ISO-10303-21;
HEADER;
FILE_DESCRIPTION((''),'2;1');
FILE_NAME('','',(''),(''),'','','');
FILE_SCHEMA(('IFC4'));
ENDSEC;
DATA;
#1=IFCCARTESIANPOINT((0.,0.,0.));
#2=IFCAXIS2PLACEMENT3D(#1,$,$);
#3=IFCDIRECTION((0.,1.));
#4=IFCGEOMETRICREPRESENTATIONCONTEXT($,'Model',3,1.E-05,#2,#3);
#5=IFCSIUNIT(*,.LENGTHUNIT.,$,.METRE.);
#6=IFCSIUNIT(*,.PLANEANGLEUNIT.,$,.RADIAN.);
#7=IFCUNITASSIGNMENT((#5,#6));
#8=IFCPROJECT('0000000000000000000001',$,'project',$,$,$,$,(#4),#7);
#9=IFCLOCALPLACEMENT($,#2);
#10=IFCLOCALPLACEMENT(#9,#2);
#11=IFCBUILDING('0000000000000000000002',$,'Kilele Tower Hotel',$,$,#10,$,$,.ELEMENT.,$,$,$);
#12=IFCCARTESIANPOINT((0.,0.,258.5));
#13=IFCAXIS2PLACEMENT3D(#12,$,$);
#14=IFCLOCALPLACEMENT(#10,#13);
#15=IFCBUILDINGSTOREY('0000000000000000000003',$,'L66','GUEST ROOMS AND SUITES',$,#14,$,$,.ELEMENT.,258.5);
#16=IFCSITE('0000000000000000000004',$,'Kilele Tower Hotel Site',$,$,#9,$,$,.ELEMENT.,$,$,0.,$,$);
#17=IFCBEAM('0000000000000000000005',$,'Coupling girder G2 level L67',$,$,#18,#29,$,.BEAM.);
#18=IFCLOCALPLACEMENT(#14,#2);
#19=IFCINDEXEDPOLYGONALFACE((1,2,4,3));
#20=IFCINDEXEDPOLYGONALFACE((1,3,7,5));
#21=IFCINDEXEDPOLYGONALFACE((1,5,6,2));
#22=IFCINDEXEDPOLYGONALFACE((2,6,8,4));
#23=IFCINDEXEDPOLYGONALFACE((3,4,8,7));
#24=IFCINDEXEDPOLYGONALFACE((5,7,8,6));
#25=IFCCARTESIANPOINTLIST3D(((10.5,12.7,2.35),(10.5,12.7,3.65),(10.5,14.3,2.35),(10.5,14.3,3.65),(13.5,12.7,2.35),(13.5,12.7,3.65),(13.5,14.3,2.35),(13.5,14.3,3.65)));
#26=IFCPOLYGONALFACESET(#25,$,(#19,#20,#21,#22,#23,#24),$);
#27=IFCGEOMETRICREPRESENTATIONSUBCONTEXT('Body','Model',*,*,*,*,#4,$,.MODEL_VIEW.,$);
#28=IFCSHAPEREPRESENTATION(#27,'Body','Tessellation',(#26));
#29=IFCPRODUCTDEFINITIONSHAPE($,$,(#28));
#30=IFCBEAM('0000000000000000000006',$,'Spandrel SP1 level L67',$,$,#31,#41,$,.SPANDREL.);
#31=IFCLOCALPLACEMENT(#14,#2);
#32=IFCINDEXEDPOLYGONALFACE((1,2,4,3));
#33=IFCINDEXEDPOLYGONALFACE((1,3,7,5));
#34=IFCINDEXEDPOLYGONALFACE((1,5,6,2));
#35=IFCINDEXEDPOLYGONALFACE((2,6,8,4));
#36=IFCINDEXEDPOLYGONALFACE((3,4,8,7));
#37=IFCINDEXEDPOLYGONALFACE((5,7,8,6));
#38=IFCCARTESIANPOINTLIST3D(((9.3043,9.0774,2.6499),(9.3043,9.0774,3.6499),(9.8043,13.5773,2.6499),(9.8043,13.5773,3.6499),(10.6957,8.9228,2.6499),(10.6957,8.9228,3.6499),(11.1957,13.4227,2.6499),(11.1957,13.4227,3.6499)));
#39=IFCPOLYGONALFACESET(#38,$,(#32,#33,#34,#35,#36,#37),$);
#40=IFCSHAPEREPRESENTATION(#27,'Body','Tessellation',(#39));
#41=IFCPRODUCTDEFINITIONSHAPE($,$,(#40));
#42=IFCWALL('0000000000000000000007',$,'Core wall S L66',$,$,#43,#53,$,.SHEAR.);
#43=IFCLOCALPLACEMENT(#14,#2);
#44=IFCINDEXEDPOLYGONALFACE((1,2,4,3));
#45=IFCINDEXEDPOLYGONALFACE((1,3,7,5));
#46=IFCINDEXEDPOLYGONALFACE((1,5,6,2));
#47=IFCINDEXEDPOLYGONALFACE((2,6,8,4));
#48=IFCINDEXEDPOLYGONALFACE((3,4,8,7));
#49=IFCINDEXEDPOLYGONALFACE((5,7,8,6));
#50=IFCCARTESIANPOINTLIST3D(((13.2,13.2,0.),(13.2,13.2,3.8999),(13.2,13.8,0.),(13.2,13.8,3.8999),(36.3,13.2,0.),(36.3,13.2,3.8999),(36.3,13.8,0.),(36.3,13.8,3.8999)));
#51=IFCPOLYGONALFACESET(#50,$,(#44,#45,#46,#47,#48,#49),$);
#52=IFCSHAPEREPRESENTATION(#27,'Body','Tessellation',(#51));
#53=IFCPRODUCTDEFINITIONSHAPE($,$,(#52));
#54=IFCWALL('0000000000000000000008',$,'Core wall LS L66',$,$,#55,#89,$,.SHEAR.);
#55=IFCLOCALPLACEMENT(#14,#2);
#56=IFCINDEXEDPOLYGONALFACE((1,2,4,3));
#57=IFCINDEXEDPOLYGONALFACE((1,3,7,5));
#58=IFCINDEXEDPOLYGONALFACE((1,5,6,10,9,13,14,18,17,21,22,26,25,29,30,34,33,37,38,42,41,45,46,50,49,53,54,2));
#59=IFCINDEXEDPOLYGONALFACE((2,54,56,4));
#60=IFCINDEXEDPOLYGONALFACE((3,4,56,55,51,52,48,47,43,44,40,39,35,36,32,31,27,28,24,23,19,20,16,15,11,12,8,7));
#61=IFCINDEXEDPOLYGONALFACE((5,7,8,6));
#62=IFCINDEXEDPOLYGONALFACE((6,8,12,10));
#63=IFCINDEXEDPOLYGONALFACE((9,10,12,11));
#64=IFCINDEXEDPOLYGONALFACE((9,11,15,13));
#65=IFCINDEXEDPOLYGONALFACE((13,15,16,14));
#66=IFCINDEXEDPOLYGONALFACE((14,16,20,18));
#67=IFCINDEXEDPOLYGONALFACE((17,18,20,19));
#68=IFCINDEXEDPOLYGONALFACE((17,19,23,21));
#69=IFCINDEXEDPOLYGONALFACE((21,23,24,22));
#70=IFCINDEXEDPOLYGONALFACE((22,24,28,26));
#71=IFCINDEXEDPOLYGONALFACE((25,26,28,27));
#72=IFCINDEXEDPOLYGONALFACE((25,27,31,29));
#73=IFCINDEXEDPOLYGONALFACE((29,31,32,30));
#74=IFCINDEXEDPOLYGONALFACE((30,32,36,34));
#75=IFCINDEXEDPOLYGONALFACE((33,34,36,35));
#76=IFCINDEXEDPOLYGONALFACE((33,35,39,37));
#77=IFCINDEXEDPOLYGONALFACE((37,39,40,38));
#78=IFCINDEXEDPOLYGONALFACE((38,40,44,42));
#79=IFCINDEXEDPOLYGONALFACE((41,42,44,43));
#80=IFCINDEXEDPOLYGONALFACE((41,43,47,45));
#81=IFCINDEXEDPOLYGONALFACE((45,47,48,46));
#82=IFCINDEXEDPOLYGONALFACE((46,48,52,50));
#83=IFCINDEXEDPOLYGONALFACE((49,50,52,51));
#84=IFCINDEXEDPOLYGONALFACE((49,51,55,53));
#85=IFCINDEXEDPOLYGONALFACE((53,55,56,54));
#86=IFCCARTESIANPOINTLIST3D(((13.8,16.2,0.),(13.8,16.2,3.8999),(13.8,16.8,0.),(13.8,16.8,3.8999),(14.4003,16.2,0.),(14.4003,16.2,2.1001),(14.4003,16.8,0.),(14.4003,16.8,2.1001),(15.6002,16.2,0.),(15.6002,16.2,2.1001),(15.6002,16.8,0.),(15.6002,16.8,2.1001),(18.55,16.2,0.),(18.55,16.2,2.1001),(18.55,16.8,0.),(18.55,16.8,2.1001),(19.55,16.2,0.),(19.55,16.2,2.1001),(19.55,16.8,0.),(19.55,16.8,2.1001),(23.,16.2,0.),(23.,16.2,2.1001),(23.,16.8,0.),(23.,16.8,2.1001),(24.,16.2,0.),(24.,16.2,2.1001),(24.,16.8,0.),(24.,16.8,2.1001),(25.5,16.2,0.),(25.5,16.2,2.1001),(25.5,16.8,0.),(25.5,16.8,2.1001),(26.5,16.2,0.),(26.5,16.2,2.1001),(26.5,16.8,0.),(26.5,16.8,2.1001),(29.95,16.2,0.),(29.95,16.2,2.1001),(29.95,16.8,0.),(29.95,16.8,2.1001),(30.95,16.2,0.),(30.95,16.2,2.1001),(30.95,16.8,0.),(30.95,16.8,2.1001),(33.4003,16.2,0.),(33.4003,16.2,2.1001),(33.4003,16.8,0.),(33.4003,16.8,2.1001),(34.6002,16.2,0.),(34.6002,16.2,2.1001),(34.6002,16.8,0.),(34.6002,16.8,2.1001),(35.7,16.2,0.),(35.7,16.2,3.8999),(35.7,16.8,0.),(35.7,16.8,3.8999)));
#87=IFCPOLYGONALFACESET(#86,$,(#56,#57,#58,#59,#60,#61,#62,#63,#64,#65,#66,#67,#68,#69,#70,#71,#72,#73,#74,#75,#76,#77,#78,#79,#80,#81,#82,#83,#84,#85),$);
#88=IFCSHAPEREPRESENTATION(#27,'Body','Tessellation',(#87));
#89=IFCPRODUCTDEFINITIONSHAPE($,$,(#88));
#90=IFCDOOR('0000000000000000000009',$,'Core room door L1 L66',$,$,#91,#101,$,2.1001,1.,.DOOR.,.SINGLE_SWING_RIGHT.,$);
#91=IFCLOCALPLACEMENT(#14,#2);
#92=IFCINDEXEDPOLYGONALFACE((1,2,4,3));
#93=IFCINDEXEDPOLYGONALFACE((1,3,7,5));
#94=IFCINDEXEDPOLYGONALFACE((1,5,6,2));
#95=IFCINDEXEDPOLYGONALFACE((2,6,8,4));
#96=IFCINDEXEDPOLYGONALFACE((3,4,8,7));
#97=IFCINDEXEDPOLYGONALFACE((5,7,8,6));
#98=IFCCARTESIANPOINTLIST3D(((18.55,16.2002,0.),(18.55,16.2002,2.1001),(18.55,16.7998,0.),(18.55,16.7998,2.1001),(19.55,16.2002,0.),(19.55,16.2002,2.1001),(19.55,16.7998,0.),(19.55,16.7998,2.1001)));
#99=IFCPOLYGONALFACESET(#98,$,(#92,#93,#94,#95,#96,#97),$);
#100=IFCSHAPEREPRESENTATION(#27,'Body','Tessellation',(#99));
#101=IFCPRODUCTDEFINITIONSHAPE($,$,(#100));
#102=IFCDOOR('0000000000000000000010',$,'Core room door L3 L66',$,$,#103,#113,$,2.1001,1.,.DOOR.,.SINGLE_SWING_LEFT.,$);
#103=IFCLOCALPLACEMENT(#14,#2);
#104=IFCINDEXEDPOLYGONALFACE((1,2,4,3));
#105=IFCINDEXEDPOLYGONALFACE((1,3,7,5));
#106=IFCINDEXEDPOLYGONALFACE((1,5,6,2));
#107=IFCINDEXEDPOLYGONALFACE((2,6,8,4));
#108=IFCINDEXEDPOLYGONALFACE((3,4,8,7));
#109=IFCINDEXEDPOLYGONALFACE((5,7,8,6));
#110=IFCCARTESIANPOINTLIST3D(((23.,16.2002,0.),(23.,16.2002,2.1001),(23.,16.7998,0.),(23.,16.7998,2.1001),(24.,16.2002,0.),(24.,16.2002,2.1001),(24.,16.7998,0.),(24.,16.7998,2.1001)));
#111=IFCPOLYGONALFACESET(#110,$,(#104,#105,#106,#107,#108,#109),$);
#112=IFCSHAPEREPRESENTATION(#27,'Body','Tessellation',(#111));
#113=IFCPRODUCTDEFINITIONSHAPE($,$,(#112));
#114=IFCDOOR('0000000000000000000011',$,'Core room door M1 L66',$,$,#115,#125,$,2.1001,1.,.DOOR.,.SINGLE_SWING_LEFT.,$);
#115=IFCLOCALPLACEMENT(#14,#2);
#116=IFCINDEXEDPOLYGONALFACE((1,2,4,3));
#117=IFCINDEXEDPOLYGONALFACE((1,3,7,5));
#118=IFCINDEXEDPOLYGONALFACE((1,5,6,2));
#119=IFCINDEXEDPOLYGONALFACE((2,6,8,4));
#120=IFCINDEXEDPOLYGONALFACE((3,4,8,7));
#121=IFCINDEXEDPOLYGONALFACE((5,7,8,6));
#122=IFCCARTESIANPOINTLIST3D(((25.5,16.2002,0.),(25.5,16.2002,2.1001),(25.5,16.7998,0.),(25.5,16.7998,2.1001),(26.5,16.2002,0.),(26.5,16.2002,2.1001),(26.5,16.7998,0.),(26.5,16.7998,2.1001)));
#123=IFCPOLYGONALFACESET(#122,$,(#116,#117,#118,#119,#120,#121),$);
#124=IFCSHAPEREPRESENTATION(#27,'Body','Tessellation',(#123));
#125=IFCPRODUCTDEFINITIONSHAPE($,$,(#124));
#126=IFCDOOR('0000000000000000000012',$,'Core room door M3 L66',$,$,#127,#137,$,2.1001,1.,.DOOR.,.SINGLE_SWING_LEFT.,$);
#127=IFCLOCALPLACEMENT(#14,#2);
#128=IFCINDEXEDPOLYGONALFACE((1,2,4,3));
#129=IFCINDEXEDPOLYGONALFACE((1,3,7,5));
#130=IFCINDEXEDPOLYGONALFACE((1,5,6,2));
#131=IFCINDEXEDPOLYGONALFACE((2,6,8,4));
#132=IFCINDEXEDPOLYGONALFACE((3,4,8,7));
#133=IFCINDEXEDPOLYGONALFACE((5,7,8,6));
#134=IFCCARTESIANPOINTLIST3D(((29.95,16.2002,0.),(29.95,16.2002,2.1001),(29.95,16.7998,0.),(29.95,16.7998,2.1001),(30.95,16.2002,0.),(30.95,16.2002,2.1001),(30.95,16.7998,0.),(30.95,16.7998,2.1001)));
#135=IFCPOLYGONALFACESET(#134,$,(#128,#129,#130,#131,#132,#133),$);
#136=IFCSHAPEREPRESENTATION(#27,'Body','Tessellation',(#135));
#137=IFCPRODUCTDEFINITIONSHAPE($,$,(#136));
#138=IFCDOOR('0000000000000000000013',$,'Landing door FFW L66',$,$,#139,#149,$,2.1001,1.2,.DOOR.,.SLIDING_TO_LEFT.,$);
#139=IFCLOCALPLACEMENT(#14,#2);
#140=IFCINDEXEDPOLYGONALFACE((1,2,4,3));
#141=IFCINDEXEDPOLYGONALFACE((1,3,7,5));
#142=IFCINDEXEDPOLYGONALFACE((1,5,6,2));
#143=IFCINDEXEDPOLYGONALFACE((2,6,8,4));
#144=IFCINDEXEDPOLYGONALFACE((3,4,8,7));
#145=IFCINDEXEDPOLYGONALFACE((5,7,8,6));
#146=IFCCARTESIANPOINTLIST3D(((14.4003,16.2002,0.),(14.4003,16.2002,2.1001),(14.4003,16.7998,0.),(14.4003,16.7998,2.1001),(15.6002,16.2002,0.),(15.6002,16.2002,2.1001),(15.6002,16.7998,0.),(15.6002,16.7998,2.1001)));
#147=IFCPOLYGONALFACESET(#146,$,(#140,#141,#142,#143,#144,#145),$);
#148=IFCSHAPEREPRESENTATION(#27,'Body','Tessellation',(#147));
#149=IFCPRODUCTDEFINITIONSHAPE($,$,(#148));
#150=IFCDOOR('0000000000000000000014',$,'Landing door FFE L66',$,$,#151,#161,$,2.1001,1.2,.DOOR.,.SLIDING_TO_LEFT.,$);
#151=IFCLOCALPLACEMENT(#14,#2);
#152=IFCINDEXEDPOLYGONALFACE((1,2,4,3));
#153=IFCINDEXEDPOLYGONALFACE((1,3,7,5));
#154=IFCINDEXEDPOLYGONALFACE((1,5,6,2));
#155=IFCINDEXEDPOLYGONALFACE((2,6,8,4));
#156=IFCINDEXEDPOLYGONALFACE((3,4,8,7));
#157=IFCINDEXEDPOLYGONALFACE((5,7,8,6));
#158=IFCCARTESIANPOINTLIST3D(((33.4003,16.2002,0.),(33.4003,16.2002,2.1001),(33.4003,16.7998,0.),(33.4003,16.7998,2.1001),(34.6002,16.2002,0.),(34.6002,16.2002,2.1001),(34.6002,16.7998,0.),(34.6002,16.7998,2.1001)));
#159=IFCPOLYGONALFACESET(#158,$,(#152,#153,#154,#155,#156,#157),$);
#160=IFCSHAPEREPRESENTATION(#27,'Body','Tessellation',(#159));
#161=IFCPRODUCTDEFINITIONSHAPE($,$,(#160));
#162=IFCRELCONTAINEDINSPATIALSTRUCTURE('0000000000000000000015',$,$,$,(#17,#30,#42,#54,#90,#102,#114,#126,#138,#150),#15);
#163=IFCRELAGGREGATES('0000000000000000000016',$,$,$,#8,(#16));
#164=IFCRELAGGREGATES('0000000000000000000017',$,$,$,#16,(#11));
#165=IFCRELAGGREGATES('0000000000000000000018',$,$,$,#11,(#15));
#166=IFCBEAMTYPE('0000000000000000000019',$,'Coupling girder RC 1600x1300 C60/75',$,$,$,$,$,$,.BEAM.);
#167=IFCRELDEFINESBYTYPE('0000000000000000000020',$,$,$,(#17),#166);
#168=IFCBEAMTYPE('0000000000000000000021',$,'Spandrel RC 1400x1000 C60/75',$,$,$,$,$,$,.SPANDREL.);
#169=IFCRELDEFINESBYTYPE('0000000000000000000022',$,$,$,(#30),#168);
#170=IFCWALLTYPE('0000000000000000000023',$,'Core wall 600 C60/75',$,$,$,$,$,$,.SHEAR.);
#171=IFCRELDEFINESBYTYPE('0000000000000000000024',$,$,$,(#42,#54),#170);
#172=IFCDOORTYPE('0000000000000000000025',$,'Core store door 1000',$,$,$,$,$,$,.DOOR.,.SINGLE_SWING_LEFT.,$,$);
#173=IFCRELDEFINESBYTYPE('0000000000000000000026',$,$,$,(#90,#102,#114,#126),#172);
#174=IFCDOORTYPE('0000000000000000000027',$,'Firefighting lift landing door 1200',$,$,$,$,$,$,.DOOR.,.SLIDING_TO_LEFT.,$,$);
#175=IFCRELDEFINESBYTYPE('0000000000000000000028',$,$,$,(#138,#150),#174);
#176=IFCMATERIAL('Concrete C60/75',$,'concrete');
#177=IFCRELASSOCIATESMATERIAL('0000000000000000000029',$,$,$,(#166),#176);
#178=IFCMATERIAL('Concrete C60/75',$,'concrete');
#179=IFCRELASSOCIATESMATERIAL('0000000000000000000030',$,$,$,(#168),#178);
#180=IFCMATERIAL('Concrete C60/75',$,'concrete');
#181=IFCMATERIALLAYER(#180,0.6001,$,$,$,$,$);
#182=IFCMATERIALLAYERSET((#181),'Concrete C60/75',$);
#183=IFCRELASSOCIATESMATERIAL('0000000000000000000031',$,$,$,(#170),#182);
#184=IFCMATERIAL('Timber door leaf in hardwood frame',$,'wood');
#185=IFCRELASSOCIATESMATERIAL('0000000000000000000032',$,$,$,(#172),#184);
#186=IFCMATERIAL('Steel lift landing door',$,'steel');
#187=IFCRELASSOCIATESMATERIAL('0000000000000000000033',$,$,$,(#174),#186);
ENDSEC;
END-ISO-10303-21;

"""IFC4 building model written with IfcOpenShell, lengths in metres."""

from ifc_helpers import new_model, si_unit, direction, frame, frame_2d, origin, origin_2d, place, context, subcontext, project, spatial, rectangle, extrude, material, layer, layer_set, material_profile, profile_set, type_object, element, fill, save


model = new_model("IFC4")

# Units and contexts
model_context = context("Model", 3, precision=1e-05, world=origin(), true_north=direction((0.0, 1.0)))
body_context = subcontext(model_context, "Body", "Model", "MODEL_VIEW")
ifc_project = project(units=[si_unit("LENGTHUNIT", "METRE"), si_unit("PLANEANGLEUNIT", "RADIAN")], contexts=[model_context])

# Site, building, storey
site_placement = place(None, origin())
site = spatial("IfcSite", under=ifc_project, at=site_placement, Name="Kilele Tower Hotel Site", CompositionType="ELEMENT", RefElevation=0.0)
building_placement = place(site_placement, origin())
building = spatial("IfcBuilding", under=site, at=building_placement, Name="Kilele Tower Hotel", CompositionType="ELEMENT")
storey_placement = place(building_placement, frame((0.0, 0.0, 258.5)))
storey = spatial("IfcBuildingStorey", under=building, at=storey_placement, Name="L66", Description="GUEST ROOMS AND SUITES", CompositionType="ELEMENT", Elevation=258.5)

# Beams
ifc_material_1 = material(Name="Concrete C60/75", Category="concrete")
ifc_material_profile_1 = material_profile(ifc_material_1, rectangle(XDim=1.6001, YDim=1.3, at=origin_2d()))
ifc_profile_set_1 = profile_set([ifc_material_profile_1], Name="Concrete C60/75")
beam_type_1 = type_object("IfcBeamType", Name="Coupling girder RC 1600x1300 C60/75", PredefinedType="BEAM", material=ifc_profile_set_1)
beam_1_placement = place(storey_placement, frame((10.5, 13.5, 3.0), z_axis=(1.0, 0.0, 0.0), x_axis=(0.0, 1.0, 0.0)))
element("IfcBeam", 1, at=beam_1_placement, inside=storey, type_object=beam_type_1, Name="Coupling girder G2 level L67", PredefinedType="BEAM", context=body_context, shape_type="SweptSolid", body=[
    extrude(rectangle(XDim=1.6001, YDim=1.3, at=origin_2d()), origin(), (0.0, 0.0, 1.0), 3.0),
])
ifc_material_2 = material(Name="Concrete C60/75", Category="concrete")
ifc_material_profile_2 = material_profile(ifc_material_2, rectangle(XDim=1.3999, YDim=1.0, at=origin_2d()))
ifc_profile_set_2 = profile_set([ifc_material_profile_2], Name="Concrete C60/75")
beam_type_2 = type_object("IfcBeamType", Name="Spandrel RC 1400x1000 C60/75", PredefinedType="SPANDREL", material=ifc_profile_set_2)
beam_2_placement = place(storey_placement, frame((10.5, 13.5, 3.1499), z_axis=(-0.110432, -0.993884, 0.0), x_axis=(0.993884, -0.110432, 0.0)))
element("IfcBeam", 2, at=beam_2_placement, inside=storey, type_object=beam_type_2, Name="Spandrel SP1 level L67", PredefinedType="SPANDREL", context=body_context, shape_type="SweptSolid", body=[
    extrude(rectangle(XDim=1.3999, YDim=1.0, at=origin_2d()), origin(), (0.0, 0.0, 1.0), 4.5276),
])

# Wall
ifc_material_3 = material(Name="Concrete C60/75", Category="concrete")
ifc_layer = layer(ifc_material_3, 0.6001)
ifc_layer_set = layer_set([ifc_layer], Name="Concrete C60/75")
wall_type = type_object("IfcWallType", Name="Core wall 600 C60/75", PredefinedType="SHEAR", material=ifc_layer_set)
wall_1_placement = place(storey_placement, frame((13.2, 13.5, 0.0), z_axis=(0.0, 0.0, 1.0), x_axis=(1.0, 0.0, 0.0)))
element("IfcWall", 3, at=wall_1_placement, inside=storey, type_object=wall_type, Name="Core wall S L66", PredefinedType="SHEAR", context=body_context, shape_type="SweptSolid", body=[
    extrude(rectangle(XDim=23.1001, YDim=0.6001, at=frame_2d((11.55, 0.0))), origin(), (0.0, 0.0, 1.0), 3.8999),
])

# Wall, openings, doors
wall_2_placement = place(storey_placement, frame((13.8, 16.5, 0.0), z_axis=(0.0, 0.0, 1.0), x_axis=(1.0, 0.0, 0.0)))
wall_2 = element("IfcWall", 4, at=wall_2_placement, inside=storey, type_object=wall_type, Name="Core wall LS L66", PredefinedType="SHEAR", context=body_context, shape_type="SweptSolid", body=[
    extrude(rectangle(XDim=21.8999, YDim=0.6001, at=frame_2d((10.95, 0.0))), origin(), (0.0, 0.0, 1.0), 3.8999),
])
opening_1_placement = place(wall_2_placement, frame((5.75, 0.0, 0.0), z_axis=(0.0, 0.0, 1.0), x_axis=(-1.0, 0.0, 0.0)))
opening_1 = element("IfcOpeningElement", 5, at=opening_1_placement, cuts=wall_2, PredefinedType="OPENING", context=body_context, shape_type="SweptSolid", body=[
    extrude(rectangle(XDim=1.0, YDim=2.1001, at=frame_2d((0.5, 1.05))), frame((0.0, 0.3101, 0.0), z_axis=(0.0, -1.0, 0.0), x_axis=(1.0, 0.0, 0.0)), (0.0, 0.0, 1.0), 0.6201),
])
opening_2_placement = place(wall_2_placement, frame((10.2, 0.0, 0.0), z_axis=(0.0, 0.0, 1.0), x_axis=(-1.0, 0.0, 0.0)))
opening_2 = element("IfcOpeningElement", 6, at=opening_2_placement, cuts=wall_2, PredefinedType="OPENING", context=body_context, shape_type="SweptSolid", body=[
    extrude(rectangle(XDim=1.0, YDim=2.1001, at=frame_2d((0.5, 1.05))), frame((0.0, 0.3101, 0.0), z_axis=(0.0, -1.0, 0.0), x_axis=(1.0, 0.0, 0.0)), (0.0, 0.0, 1.0), 0.6201),
])
opening_3_placement = place(wall_2_placement, frame((12.7, 0.0, 0.0), z_axis=(0.0, 0.0, 1.0), x_axis=(-1.0, 0.0, 0.0)))
opening_3 = element("IfcOpeningElement", 7, at=opening_3_placement, cuts=wall_2, PredefinedType="OPENING", context=body_context, shape_type="SweptSolid", body=[
    extrude(rectangle(XDim=1.0, YDim=2.1001, at=frame_2d((0.5, 1.05))), frame((0.0, 0.3101, 0.0), z_axis=(0.0, -1.0, 0.0), x_axis=(1.0, 0.0, 0.0)), (0.0, 0.0, 1.0), 0.6201),
])
opening_4_placement = place(wall_2_placement, frame((17.1499, 0.0, 0.0), z_axis=(0.0, 0.0, 1.0), x_axis=(-1.0, 0.0, 0.0)))
opening_4 = element("IfcOpeningElement", 8, at=opening_4_placement, cuts=wall_2, PredefinedType="OPENING", context=body_context, shape_type="SweptSolid", body=[
    extrude(rectangle(XDim=1.0, YDim=2.1001, at=frame_2d((0.5, 1.05))), frame((0.0, 0.3101, 0.0), z_axis=(0.0, -1.0, 0.0), x_axis=(1.0, 0.0, 0.0)), (0.0, 0.0, 1.0), 0.6201),
])
opening_5_placement = place(wall_2_placement, frame((0.6001, 0.0, 0.0)))
opening_5 = element("IfcOpeningElement", 9, at=opening_5_placement, cuts=wall_2, PredefinedType="OPENING", context=body_context, shape_type="SweptSolid", body=[
    extrude(rectangle(XDim=1.2, YDim=2.1001, at=frame_2d((0.6001, 1.05))), frame((0.0, 0.3101, 0.0), z_axis=(0.0, -1.0, 0.0), x_axis=(1.0, 0.0, 0.0)), (0.0, 0.0, 1.0), 0.6201),
])
opening_6_placement = place(wall_2_placement, frame((19.6001, 0.0, 0.0)))
opening_6 = element("IfcOpeningElement", 10, at=opening_6_placement, cuts=wall_2, PredefinedType="OPENING", context=body_context, shape_type="SweptSolid", body=[
    extrude(rectangle(XDim=1.2, YDim=2.1001, at=frame_2d((0.6001, 1.05))), frame((0.0, 0.3101, 0.0), z_axis=(0.0, -1.0, 0.0), x_axis=(1.0, 0.0, 0.0)), (0.0, 0.0, 1.0), 0.6201),
])
ifc_material_4 = material(Name="Timber door leaf in hardwood frame", Category="wood")
door_type_1 = type_object("IfcDoorType", Name="Core store door 1000", OperationType="SINGLE_SWING_LEFT", PredefinedType="DOOR", material=ifc_material_4)
door_1_placement = place(opening_1_placement, origin())
door_1 = element("IfcDoor", 11, at=door_1_placement, inside=storey, type_object=door_type_1, Name="Core room door L1 L66", OperationType="SINGLE_SWING_RIGHT", OverallHeight=2.1001, OverallWidth=1.0, PredefinedType="DOOR", context=body_context, shape_type="SweptSolid", body=[
    extrude(rectangle(XDim=1.0, YDim=2.1001, at=frame_2d((0.5, 1.05))), frame((0.0, 0.2998, 0.0), z_axis=(0.0, -1.0, 0.0), x_axis=(1.0, 0.0, 0.0)), (0.0, 0.0, 1.0), 0.5996),
])
fill(opening_1, door_1)
door_2_placement = place(opening_2_placement, origin())
door_2 = element("IfcDoor", 12, at=door_2_placement, inside=storey, type_object=door_type_1, Name="Core room door L3 L66", OperationType="SINGLE_SWING_LEFT", OverallHeight=2.1001, OverallWidth=1.0, PredefinedType="DOOR", context=body_context, shape_type="SweptSolid", body=[
    extrude(rectangle(XDim=1.0, YDim=2.1001, at=frame_2d((0.5, 1.05))), frame((0.0, 0.2998, 0.0), z_axis=(0.0, -1.0, 0.0), x_axis=(1.0, 0.0, 0.0)), (0.0, 0.0, 1.0), 0.5996),
])
fill(opening_2, door_2)
door_3_placement = place(opening_3_placement, origin())
door_3 = element("IfcDoor", 13, at=door_3_placement, inside=storey, type_object=door_type_1, Name="Core room door M1 L66", OperationType="SINGLE_SWING_LEFT", OverallHeight=2.1001, OverallWidth=1.0, PredefinedType="DOOR", context=body_context, shape_type="SweptSolid", body=[
    extrude(rectangle(XDim=1.0, YDim=2.1001, at=frame_2d((0.5, 1.05))), frame((0.0, 0.2998, 0.0), z_axis=(0.0, -1.0, 0.0), x_axis=(1.0, 0.0, 0.0)), (0.0, 0.0, 1.0), 0.5996),
])
fill(opening_3, door_3)
door_4_placement = place(opening_4_placement, origin())
door_4 = element("IfcDoor", 14, at=door_4_placement, inside=storey, type_object=door_type_1, Name="Core room door M3 L66", OperationType="SINGLE_SWING_LEFT", OverallHeight=2.1001, OverallWidth=1.0, PredefinedType="DOOR", context=body_context, shape_type="SweptSolid", body=[
    extrude(rectangle(XDim=1.0, YDim=2.1001, at=frame_2d((0.5, 1.05))), frame((0.0, 0.2998, 0.0), z_axis=(0.0, -1.0, 0.0), x_axis=(1.0, 0.0, 0.0)), (0.0, 0.0, 1.0), 0.5996),
])
fill(opening_4, door_4)
ifc_material_5 = material(Name="Steel lift landing door", Category="steel")
door_type_2 = type_object("IfcDoorType", Name="Firefighting lift landing door 1200", OperationType="SLIDING_TO_LEFT", PredefinedType="DOOR", material=ifc_material_5)
door_5_placement = place(opening_5_placement, origin())
door_5 = element("IfcDoor", 15, at=door_5_placement, inside=storey, type_object=door_type_2, Name="Landing door FFW L66", OperationType="SLIDING_TO_LEFT", OverallHeight=2.1001, OverallWidth=1.2, PredefinedType="DOOR", context=body_context, shape_type="SweptSolid", body=[
    extrude(rectangle(XDim=1.2, YDim=2.1001, at=frame_2d((0.6001, 1.05))), frame((0.0, 0.2998, 0.0), z_axis=(0.0, -1.0, 0.0), x_axis=(1.0, 0.0, 0.0)), (0.0, 0.0, 1.0), 0.5996),
])
fill(opening_5, door_5)
door_6_placement = place(opening_6_placement, origin())
door_6 = element("IfcDoor", 16, at=door_6_placement, inside=storey, type_object=door_type_2, Name="Landing door FFE L66", OperationType="SLIDING_TO_LEFT", OverallHeight=2.1001, OverallWidth=1.2, PredefinedType="DOOR", context=body_context, shape_type="SweptSolid", body=[
    extrude(rectangle(XDim=1.2, YDim=2.1001, at=frame_2d((0.6001, 1.05))), frame((0.0, 0.2998, 0.0), z_axis=(0.0, -1.0, 0.0), x_axis=(1.0, 0.0, 0.0)), (0.0, 0.0, 1.0), 0.5996),
])
fill(opening_6, door_6)

save(model, "model.ifc")
